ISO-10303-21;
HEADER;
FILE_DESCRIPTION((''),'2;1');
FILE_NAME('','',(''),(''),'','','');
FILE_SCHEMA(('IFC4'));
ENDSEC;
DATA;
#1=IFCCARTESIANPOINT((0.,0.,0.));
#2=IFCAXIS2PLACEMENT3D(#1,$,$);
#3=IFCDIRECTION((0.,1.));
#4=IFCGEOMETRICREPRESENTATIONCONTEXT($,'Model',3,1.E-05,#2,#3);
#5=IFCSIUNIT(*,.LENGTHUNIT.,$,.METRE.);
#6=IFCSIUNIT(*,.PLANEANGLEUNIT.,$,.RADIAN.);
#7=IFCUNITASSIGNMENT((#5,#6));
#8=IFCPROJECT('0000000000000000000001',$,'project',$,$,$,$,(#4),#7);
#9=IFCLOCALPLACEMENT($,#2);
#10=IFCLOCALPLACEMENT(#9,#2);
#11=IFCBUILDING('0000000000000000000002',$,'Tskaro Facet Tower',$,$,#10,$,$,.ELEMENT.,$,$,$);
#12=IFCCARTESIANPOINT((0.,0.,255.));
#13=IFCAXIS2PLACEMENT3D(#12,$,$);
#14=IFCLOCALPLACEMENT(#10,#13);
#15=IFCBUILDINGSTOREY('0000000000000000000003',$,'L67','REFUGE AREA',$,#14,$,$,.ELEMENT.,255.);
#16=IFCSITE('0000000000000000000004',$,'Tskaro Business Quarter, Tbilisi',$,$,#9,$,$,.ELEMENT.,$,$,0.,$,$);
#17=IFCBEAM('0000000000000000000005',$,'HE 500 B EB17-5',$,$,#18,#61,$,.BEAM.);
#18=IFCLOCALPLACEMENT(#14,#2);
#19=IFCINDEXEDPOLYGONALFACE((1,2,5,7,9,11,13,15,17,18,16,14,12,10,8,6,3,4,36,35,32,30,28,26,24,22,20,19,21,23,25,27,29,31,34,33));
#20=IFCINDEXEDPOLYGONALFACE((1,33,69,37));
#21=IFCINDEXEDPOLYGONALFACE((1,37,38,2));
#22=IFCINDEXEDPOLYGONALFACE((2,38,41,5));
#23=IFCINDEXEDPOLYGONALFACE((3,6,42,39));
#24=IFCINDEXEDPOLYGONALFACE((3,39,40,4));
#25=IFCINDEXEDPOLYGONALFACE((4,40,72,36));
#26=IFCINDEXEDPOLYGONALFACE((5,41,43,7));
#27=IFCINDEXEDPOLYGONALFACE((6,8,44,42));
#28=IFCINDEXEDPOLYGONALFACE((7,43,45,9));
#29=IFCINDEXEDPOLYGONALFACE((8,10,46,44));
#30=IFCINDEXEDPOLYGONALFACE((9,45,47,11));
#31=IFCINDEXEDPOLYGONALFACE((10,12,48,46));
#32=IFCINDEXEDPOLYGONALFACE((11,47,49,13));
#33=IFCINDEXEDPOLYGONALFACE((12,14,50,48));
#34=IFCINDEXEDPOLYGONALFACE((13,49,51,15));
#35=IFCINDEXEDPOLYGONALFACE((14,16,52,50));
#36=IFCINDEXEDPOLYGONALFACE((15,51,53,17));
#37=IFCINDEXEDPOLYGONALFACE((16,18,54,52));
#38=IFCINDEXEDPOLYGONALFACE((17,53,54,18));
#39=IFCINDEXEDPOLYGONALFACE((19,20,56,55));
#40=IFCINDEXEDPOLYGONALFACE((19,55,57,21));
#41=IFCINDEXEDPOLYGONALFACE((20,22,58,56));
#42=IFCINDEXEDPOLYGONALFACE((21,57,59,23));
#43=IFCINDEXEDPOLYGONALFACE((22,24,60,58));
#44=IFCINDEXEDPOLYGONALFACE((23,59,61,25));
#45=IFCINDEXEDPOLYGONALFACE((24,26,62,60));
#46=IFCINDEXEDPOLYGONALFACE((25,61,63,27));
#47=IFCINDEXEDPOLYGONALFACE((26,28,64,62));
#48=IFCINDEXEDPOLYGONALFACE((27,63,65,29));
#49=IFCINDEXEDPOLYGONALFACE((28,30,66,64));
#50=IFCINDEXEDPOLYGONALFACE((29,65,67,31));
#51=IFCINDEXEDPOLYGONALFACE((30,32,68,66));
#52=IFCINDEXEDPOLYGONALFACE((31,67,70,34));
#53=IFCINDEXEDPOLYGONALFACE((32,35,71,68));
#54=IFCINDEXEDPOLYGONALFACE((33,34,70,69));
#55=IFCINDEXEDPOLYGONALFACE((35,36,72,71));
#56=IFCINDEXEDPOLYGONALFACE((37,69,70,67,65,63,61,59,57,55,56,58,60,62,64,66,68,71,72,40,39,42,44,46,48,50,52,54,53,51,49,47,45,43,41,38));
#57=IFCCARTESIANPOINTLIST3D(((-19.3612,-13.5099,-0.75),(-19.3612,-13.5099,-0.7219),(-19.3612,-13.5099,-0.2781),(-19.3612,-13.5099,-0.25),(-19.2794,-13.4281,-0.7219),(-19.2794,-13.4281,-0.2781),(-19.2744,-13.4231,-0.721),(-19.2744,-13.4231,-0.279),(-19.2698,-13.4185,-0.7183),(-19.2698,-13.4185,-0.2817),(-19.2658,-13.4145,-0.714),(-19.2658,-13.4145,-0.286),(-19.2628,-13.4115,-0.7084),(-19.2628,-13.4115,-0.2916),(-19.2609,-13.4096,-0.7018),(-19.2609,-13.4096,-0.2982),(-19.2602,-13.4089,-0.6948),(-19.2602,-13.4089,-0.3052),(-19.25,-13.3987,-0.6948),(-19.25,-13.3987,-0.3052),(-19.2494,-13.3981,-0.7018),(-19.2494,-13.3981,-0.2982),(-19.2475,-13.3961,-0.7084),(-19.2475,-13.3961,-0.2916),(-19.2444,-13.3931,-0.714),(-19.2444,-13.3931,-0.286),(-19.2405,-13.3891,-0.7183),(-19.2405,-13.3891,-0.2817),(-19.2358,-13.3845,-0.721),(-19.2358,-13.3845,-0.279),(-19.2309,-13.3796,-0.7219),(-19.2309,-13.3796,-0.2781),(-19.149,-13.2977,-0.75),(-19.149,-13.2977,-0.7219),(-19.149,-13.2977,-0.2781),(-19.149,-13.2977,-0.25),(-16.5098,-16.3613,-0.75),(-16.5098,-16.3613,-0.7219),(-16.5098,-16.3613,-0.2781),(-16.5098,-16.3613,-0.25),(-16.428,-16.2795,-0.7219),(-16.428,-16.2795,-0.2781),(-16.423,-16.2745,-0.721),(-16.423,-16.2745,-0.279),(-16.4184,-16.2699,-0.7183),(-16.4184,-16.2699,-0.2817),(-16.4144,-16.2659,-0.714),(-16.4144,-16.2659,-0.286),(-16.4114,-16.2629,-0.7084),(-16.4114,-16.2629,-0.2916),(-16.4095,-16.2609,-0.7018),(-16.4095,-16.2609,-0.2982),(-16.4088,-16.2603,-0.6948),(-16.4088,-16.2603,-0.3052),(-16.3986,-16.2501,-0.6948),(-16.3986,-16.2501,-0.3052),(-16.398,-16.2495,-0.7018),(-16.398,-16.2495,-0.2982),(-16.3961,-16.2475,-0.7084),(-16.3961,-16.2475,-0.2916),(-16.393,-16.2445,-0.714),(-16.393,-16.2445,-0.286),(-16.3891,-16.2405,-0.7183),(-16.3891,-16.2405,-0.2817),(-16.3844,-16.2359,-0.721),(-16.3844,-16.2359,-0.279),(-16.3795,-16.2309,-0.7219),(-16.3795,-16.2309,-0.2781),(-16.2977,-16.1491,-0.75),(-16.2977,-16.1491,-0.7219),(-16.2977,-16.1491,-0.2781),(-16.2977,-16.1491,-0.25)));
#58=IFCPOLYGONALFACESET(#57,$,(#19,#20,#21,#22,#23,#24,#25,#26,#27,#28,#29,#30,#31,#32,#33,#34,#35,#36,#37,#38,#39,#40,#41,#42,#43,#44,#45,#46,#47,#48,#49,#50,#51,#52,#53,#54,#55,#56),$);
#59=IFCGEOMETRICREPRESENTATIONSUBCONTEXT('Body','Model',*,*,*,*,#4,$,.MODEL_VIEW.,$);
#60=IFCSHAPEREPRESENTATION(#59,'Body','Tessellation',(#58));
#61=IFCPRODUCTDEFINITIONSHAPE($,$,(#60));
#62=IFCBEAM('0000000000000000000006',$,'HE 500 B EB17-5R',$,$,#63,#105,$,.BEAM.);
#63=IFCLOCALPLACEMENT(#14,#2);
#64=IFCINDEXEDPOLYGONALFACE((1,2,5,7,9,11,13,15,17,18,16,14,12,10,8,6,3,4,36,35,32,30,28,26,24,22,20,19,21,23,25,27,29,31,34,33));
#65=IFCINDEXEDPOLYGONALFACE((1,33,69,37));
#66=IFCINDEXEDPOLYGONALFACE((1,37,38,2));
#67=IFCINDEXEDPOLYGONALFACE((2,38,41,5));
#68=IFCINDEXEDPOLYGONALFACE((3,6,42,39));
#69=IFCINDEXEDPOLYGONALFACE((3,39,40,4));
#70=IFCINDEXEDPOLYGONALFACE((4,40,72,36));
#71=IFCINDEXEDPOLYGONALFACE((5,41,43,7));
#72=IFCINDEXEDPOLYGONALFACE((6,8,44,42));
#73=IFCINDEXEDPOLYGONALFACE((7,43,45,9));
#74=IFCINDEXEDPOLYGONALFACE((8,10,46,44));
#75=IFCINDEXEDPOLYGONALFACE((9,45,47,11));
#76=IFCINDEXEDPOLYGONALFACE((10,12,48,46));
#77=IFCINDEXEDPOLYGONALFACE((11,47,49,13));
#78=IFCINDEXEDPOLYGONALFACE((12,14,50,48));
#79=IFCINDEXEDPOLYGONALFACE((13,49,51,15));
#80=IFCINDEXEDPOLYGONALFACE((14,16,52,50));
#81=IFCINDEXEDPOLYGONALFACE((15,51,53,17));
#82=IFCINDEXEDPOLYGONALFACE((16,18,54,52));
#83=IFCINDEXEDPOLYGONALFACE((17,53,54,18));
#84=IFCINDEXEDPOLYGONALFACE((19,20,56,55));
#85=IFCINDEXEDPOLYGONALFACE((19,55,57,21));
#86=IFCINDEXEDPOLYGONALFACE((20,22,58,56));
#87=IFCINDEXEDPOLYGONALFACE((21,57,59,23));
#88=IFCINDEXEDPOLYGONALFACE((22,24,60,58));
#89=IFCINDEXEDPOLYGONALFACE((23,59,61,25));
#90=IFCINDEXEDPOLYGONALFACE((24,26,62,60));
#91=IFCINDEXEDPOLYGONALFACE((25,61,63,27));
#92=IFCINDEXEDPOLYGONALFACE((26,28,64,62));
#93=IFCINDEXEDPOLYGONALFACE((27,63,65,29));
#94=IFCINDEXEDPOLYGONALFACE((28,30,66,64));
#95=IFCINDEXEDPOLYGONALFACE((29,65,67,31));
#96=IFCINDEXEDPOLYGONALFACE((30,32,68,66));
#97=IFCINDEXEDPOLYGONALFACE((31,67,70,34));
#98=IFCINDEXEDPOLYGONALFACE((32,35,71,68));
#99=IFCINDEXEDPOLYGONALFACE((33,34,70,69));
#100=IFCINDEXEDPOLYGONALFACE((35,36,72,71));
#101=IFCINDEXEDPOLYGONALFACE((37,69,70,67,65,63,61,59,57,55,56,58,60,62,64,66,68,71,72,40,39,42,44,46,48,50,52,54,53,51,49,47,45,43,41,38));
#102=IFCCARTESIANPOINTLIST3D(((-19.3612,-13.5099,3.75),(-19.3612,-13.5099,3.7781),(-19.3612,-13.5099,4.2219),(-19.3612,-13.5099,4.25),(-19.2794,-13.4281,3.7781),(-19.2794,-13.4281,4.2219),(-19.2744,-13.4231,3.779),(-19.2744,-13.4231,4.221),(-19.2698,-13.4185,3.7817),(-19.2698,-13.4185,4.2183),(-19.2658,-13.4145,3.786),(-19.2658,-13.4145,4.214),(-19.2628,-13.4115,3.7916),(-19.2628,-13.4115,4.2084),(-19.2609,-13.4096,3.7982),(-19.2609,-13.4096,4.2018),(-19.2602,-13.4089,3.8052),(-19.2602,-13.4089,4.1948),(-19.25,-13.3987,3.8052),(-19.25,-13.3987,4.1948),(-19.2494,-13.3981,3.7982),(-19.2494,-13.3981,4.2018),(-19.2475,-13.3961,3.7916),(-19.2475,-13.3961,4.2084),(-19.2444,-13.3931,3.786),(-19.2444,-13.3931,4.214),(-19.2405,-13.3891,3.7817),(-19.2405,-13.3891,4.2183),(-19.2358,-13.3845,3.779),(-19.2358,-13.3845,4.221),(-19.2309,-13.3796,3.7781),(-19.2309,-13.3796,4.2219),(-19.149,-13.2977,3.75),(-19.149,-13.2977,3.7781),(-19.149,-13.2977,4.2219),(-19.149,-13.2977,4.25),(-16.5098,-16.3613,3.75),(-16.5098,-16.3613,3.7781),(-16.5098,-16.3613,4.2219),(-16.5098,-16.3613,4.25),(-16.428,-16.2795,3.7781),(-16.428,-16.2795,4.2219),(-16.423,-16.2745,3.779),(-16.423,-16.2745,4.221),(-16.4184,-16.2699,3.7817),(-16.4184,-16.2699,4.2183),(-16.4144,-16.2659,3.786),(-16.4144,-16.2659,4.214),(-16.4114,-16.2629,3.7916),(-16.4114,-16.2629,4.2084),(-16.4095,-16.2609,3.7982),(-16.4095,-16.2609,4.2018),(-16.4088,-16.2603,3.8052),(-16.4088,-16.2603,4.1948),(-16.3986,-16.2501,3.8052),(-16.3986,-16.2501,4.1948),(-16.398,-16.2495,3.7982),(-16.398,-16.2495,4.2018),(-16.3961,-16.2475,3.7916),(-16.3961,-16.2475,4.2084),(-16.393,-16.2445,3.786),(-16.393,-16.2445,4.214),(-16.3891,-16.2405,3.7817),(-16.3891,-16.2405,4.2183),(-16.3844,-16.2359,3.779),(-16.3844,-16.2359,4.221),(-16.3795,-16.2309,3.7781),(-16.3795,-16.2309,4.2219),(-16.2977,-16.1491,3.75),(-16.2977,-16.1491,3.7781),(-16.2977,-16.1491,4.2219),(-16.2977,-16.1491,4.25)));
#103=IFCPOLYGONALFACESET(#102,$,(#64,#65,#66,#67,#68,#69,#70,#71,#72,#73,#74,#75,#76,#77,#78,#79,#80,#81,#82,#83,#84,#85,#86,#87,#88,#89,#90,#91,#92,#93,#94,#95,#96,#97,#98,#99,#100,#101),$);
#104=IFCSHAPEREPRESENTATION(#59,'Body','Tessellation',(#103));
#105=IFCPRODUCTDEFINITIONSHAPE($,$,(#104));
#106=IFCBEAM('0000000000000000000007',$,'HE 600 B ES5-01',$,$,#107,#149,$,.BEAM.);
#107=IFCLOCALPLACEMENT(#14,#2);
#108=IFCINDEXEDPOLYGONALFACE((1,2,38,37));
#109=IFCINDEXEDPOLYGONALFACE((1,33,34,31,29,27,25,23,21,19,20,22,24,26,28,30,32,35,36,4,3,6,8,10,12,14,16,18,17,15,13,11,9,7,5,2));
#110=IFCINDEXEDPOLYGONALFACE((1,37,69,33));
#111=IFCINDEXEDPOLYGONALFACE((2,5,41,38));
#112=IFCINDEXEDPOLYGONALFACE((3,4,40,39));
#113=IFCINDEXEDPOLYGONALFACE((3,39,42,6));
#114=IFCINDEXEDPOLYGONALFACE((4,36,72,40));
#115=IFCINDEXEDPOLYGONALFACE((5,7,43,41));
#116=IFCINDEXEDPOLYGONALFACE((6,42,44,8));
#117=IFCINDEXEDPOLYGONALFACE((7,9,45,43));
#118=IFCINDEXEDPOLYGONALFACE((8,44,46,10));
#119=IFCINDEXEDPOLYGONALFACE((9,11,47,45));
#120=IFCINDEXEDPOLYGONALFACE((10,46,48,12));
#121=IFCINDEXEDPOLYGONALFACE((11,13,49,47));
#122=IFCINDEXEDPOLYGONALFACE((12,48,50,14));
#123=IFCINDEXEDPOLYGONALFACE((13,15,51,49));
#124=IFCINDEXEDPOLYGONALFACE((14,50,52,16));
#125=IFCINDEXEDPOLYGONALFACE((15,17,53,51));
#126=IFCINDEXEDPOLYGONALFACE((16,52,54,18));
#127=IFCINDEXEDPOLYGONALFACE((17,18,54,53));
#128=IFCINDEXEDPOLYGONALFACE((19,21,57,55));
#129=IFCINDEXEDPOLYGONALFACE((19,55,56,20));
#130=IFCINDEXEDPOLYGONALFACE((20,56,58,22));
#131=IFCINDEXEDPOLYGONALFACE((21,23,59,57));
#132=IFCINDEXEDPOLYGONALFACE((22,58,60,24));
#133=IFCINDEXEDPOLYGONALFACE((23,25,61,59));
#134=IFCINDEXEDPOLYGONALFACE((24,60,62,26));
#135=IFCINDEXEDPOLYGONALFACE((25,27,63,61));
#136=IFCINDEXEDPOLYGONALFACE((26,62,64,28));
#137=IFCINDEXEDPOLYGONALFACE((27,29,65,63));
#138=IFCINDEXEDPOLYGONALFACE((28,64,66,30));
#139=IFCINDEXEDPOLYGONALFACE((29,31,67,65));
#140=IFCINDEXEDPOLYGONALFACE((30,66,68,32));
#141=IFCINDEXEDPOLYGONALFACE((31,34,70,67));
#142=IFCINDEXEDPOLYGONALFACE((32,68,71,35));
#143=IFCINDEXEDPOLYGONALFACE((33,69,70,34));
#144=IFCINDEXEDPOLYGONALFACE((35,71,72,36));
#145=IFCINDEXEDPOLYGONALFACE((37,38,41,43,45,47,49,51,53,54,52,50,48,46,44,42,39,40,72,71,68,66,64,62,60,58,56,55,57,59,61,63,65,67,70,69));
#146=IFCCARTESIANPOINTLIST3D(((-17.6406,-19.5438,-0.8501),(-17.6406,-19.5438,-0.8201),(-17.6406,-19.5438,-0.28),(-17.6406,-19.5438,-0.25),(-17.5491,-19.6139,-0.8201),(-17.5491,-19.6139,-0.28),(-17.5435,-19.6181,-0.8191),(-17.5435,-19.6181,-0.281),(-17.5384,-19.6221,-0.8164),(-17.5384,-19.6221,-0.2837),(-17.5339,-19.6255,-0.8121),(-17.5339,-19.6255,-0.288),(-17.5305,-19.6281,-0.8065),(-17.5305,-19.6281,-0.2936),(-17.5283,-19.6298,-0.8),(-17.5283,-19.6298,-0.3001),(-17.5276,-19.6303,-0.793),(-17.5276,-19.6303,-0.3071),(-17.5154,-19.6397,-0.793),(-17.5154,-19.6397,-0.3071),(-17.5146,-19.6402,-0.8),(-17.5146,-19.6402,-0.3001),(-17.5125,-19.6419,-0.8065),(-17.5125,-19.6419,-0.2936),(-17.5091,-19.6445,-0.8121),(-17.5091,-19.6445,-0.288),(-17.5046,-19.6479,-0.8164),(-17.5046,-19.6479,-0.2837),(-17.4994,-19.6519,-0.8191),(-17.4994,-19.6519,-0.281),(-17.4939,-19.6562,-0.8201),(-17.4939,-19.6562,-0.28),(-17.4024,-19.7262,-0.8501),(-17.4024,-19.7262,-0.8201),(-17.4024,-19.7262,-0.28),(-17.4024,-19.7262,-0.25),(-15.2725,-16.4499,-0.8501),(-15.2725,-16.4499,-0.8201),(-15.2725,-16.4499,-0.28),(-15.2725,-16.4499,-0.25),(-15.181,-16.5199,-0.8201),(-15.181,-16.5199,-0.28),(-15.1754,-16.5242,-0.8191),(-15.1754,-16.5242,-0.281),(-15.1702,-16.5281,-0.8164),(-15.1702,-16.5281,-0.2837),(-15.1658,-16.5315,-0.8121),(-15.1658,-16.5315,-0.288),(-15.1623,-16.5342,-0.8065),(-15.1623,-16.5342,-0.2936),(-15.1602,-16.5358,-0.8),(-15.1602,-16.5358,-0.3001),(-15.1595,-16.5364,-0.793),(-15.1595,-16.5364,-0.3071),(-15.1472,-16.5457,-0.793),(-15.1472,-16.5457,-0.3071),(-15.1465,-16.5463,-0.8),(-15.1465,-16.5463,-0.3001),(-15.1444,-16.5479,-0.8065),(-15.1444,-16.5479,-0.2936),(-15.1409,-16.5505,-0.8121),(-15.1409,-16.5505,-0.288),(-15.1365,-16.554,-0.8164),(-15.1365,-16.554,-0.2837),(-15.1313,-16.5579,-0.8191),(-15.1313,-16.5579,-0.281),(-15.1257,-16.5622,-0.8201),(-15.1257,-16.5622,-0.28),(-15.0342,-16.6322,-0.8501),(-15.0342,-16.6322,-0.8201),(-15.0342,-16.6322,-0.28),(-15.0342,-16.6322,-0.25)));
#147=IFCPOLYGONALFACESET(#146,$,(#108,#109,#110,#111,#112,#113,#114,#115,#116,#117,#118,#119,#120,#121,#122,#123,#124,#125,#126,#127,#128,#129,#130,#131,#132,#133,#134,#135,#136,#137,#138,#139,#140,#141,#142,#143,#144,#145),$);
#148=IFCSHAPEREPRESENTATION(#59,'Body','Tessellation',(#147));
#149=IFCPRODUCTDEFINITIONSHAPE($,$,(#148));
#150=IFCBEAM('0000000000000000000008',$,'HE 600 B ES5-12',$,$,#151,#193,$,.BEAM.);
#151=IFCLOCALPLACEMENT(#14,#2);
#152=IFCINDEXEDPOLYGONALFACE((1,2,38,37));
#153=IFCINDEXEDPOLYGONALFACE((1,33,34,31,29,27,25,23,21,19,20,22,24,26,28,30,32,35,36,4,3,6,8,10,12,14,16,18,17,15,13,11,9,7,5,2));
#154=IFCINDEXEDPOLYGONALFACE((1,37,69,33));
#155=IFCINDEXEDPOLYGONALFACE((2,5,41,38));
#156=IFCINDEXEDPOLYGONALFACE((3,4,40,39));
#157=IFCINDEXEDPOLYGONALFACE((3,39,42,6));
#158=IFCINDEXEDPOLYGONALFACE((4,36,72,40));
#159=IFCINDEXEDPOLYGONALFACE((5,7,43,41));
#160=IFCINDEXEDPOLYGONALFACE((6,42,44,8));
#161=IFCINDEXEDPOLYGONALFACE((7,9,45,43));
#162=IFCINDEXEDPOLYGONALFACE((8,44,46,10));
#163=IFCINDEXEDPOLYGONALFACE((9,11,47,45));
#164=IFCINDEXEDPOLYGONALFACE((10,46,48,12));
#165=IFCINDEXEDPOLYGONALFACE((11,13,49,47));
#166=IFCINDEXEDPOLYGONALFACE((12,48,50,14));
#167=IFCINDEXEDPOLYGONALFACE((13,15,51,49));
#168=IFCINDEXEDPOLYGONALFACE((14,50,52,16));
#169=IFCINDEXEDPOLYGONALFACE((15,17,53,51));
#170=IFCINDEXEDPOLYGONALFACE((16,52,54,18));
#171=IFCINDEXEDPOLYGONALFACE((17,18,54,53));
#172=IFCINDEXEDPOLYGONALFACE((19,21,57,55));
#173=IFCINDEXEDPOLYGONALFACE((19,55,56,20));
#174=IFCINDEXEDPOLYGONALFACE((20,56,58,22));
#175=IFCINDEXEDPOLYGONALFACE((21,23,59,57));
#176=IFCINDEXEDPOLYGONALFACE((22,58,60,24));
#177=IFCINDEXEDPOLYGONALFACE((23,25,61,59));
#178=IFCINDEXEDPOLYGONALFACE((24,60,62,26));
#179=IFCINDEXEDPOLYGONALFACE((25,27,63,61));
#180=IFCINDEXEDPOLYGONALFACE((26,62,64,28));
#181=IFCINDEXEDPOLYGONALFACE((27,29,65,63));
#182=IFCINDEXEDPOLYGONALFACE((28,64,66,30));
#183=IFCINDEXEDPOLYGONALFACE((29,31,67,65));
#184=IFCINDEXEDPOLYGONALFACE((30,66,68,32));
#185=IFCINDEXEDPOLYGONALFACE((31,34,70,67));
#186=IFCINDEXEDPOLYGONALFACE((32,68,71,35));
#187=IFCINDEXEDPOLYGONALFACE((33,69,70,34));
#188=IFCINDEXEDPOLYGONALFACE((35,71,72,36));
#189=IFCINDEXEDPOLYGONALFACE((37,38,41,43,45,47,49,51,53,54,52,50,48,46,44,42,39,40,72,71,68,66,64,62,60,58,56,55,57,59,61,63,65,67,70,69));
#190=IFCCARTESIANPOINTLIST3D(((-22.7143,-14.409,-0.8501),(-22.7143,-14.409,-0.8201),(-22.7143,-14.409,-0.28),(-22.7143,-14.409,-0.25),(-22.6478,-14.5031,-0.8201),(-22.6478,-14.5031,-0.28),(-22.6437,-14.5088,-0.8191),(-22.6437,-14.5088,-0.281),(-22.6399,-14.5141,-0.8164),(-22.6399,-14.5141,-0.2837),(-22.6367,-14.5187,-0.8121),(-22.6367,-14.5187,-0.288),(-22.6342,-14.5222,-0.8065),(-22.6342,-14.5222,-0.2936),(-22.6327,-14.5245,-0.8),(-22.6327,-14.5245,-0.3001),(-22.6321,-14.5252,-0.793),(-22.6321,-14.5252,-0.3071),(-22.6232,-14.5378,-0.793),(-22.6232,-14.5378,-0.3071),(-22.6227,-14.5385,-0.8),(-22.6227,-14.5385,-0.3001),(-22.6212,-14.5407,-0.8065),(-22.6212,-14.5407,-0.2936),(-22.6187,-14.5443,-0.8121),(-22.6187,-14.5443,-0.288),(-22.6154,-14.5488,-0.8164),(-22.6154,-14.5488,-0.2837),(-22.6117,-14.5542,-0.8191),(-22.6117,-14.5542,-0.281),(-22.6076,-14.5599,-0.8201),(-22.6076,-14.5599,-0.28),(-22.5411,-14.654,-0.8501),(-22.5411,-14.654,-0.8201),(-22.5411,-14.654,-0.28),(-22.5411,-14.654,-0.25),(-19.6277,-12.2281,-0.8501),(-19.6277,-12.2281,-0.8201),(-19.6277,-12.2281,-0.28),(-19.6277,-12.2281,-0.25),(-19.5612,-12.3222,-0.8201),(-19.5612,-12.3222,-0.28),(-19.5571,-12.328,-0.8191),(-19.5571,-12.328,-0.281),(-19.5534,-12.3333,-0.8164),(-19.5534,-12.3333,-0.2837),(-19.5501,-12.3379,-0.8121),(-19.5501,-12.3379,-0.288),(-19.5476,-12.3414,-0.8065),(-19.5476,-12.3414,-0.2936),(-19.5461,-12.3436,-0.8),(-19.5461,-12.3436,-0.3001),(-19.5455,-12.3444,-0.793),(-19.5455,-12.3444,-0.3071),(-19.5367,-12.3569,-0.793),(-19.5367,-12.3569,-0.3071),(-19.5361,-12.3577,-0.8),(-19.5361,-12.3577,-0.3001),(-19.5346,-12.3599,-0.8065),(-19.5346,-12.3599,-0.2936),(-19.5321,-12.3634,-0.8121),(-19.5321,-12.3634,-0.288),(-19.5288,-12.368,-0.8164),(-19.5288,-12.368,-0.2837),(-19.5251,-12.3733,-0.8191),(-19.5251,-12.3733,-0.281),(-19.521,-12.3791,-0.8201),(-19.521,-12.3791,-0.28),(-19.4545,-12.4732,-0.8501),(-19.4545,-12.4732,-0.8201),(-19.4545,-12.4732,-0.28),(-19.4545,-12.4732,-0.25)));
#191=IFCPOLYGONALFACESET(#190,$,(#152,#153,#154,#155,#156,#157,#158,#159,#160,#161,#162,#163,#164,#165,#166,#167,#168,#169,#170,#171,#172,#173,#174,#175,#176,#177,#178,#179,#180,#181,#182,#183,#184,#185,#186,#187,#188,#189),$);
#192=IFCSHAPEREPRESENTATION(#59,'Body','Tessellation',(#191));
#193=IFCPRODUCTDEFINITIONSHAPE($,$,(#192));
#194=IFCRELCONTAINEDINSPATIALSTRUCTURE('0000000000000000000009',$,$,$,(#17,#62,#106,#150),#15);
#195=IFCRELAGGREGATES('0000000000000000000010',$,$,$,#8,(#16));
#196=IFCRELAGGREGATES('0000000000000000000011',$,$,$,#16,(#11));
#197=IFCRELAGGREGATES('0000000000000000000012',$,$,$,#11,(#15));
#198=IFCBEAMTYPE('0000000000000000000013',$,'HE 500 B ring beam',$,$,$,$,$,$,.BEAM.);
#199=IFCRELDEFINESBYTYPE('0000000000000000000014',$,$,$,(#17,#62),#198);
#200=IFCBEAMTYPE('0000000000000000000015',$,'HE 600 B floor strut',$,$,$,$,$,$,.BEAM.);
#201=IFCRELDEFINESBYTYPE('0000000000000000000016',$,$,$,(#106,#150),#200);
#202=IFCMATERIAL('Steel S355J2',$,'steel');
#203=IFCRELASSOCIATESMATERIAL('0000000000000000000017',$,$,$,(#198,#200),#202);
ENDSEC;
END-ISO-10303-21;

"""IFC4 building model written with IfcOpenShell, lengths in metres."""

from ifc_helpers import new_model, si_unit, direction, frame, origin, origin_2d, place, context, subcontext, project, spatial, i_section, extrude, material, material_profile, profile_set, type_object, element, save


model = new_model("IFC4")

# Units and contexts
model_context = context("Model", 3, precision=1e-05, world=origin(), true_north=direction((0.0, 1.0)))
body_context = subcontext(model_context, "Body", "Model", "MODEL_VIEW")
ifc_project = project(units=[si_unit("LENGTHUNIT", "METRE"), si_unit("PLANEANGLEUNIT", "RADIAN")], contexts=[model_context])

# Site, building, storey
site_placement = place(None, origin())
site = spatial("IfcSite", under=ifc_project, at=site_placement, Name="Tskaro Business Quarter, Tbilisi", CompositionType="ELEMENT", RefElevation=0.0)
building_placement = place(site_placement, origin())
building = spatial("IfcBuilding", under=site, at=building_placement, Name="Tskaro Facet Tower", CompositionType="ELEMENT")
storey_placement = place(building_placement, frame((0.0, 0.0, 255.0)))
storey = spatial("IfcBuildingStorey", under=building, at=storey_placement, Name="L67", Description="REFUGE AREA", CompositionType="ELEMENT", Elevation=255.0)

# Shared definitions
ifc_material_1 = material(Name="Steel S355J2", Category="steel")

# Beams
ifc_material_profile_1 = material_profile(ifc_material_1, i_section(OverallWidth=0.3, OverallDepth=0.5, WebThickness=0.0144, FlangeThickness=0.0281, FilletRadius=0.0271, at=origin_2d()), Name="HE 500 B")
ifc_profile_set_1 = profile_set([ifc_material_profile_1], Name="Steel S355J2")
beam_type_1 = type_object("IfcBeamType", Name="HE 500 B ring beam", PredefinedType="BEAM", material=ifc_profile_set_1)
for number, where, z_axis, x_axis, name in (
    (1, (-19.2551, -13.4038, -0.5), (0.707107, -0.707107, 0.0), (0.707107, 0.707107, 0.0), "HE 500 B EB17-5"),
    (2, (-19.2551, -13.4038, 4.0), (0.707107, -0.707107, 0.0), (0.707107, 0.707107, 0.0), "HE 500 B EB17-5R"),
):
    element("IfcBeam", number, at=place(storey_placement, frame(where, z_axis=z_axis, x_axis=x_axis)), inside=storey, type_object=beam_type_1, Name=name, PredefinedType="BEAM", context=body_context, shape_type="SweptSolid", body=[
        extrude(i_section(OverallWidth=0.3, OverallDepth=0.5, WebThickness=0.0144, FlangeThickness=0.0281, FilletRadius=0.0271, at=origin_2d()), origin(), (0.0, 0.0, 1.0), 4.0325),
    ])
ifc_material_profile_2 = material_profile(ifc_material_1, i_section(OverallWidth=0.3, OverallDepth=0.6001, WebThickness=0.0154, FlangeThickness=0.03, FilletRadius=0.0271, at=origin_2d()), Name="HE 600 B")
ifc_profile_set_2 = profile_set([ifc_material_profile_2], Name="Steel S355J2")
beam_type_2 = type_object("IfcBeamType", Name="HE 600 B floor strut", PredefinedType="BEAM", material=ifc_profile_set_2)
beam_1_placement = place(storey_placement, frame((-17.5215, -19.635, -0.55), z_axis=(0.607801, 0.794089, 0.0), x_axis=(-0.794089, 0.607801, 0.0)))
element("IfcBeam", 3, at=beam_1_placement, inside=storey, type_object=beam_type_2, Name="HE 600 B ES5-01", PredefinedType="BEAM", context=body_context, shape_type="SweptSolid", body=[
    extrude(i_section(OverallWidth=0.3, OverallDepth=0.6001, WebThickness=0.0154, FlangeThickness=0.03, FilletRadius=0.0271, at=origin_2d()), origin(), (0.0, 0.0, 1.0), 3.8962),
])
beam_2_placement = place(storey_placement, frame((-22.6277, -14.5315, -0.55), z_axis=(0.816708, 0.577051, 0.0), x_axis=(-0.577051, 0.816708, 0.0)))
element("IfcBeam", 4, at=beam_2_placement, inside=storey, type_object=beam_type_2, Name="HE 600 B ES5-12", PredefinedType="BEAM", context=body_context, shape_type="SweptSolid", body=[
    extrude(i_section(OverallWidth=0.3, OverallDepth=0.6001, WebThickness=0.0154, FlangeThickness=0.03, FilletRadius=0.0271, at=origin_2d()), origin(), (0.0, 0.0, 1.0), 3.7793),
])

save(model, "model.ifc")
